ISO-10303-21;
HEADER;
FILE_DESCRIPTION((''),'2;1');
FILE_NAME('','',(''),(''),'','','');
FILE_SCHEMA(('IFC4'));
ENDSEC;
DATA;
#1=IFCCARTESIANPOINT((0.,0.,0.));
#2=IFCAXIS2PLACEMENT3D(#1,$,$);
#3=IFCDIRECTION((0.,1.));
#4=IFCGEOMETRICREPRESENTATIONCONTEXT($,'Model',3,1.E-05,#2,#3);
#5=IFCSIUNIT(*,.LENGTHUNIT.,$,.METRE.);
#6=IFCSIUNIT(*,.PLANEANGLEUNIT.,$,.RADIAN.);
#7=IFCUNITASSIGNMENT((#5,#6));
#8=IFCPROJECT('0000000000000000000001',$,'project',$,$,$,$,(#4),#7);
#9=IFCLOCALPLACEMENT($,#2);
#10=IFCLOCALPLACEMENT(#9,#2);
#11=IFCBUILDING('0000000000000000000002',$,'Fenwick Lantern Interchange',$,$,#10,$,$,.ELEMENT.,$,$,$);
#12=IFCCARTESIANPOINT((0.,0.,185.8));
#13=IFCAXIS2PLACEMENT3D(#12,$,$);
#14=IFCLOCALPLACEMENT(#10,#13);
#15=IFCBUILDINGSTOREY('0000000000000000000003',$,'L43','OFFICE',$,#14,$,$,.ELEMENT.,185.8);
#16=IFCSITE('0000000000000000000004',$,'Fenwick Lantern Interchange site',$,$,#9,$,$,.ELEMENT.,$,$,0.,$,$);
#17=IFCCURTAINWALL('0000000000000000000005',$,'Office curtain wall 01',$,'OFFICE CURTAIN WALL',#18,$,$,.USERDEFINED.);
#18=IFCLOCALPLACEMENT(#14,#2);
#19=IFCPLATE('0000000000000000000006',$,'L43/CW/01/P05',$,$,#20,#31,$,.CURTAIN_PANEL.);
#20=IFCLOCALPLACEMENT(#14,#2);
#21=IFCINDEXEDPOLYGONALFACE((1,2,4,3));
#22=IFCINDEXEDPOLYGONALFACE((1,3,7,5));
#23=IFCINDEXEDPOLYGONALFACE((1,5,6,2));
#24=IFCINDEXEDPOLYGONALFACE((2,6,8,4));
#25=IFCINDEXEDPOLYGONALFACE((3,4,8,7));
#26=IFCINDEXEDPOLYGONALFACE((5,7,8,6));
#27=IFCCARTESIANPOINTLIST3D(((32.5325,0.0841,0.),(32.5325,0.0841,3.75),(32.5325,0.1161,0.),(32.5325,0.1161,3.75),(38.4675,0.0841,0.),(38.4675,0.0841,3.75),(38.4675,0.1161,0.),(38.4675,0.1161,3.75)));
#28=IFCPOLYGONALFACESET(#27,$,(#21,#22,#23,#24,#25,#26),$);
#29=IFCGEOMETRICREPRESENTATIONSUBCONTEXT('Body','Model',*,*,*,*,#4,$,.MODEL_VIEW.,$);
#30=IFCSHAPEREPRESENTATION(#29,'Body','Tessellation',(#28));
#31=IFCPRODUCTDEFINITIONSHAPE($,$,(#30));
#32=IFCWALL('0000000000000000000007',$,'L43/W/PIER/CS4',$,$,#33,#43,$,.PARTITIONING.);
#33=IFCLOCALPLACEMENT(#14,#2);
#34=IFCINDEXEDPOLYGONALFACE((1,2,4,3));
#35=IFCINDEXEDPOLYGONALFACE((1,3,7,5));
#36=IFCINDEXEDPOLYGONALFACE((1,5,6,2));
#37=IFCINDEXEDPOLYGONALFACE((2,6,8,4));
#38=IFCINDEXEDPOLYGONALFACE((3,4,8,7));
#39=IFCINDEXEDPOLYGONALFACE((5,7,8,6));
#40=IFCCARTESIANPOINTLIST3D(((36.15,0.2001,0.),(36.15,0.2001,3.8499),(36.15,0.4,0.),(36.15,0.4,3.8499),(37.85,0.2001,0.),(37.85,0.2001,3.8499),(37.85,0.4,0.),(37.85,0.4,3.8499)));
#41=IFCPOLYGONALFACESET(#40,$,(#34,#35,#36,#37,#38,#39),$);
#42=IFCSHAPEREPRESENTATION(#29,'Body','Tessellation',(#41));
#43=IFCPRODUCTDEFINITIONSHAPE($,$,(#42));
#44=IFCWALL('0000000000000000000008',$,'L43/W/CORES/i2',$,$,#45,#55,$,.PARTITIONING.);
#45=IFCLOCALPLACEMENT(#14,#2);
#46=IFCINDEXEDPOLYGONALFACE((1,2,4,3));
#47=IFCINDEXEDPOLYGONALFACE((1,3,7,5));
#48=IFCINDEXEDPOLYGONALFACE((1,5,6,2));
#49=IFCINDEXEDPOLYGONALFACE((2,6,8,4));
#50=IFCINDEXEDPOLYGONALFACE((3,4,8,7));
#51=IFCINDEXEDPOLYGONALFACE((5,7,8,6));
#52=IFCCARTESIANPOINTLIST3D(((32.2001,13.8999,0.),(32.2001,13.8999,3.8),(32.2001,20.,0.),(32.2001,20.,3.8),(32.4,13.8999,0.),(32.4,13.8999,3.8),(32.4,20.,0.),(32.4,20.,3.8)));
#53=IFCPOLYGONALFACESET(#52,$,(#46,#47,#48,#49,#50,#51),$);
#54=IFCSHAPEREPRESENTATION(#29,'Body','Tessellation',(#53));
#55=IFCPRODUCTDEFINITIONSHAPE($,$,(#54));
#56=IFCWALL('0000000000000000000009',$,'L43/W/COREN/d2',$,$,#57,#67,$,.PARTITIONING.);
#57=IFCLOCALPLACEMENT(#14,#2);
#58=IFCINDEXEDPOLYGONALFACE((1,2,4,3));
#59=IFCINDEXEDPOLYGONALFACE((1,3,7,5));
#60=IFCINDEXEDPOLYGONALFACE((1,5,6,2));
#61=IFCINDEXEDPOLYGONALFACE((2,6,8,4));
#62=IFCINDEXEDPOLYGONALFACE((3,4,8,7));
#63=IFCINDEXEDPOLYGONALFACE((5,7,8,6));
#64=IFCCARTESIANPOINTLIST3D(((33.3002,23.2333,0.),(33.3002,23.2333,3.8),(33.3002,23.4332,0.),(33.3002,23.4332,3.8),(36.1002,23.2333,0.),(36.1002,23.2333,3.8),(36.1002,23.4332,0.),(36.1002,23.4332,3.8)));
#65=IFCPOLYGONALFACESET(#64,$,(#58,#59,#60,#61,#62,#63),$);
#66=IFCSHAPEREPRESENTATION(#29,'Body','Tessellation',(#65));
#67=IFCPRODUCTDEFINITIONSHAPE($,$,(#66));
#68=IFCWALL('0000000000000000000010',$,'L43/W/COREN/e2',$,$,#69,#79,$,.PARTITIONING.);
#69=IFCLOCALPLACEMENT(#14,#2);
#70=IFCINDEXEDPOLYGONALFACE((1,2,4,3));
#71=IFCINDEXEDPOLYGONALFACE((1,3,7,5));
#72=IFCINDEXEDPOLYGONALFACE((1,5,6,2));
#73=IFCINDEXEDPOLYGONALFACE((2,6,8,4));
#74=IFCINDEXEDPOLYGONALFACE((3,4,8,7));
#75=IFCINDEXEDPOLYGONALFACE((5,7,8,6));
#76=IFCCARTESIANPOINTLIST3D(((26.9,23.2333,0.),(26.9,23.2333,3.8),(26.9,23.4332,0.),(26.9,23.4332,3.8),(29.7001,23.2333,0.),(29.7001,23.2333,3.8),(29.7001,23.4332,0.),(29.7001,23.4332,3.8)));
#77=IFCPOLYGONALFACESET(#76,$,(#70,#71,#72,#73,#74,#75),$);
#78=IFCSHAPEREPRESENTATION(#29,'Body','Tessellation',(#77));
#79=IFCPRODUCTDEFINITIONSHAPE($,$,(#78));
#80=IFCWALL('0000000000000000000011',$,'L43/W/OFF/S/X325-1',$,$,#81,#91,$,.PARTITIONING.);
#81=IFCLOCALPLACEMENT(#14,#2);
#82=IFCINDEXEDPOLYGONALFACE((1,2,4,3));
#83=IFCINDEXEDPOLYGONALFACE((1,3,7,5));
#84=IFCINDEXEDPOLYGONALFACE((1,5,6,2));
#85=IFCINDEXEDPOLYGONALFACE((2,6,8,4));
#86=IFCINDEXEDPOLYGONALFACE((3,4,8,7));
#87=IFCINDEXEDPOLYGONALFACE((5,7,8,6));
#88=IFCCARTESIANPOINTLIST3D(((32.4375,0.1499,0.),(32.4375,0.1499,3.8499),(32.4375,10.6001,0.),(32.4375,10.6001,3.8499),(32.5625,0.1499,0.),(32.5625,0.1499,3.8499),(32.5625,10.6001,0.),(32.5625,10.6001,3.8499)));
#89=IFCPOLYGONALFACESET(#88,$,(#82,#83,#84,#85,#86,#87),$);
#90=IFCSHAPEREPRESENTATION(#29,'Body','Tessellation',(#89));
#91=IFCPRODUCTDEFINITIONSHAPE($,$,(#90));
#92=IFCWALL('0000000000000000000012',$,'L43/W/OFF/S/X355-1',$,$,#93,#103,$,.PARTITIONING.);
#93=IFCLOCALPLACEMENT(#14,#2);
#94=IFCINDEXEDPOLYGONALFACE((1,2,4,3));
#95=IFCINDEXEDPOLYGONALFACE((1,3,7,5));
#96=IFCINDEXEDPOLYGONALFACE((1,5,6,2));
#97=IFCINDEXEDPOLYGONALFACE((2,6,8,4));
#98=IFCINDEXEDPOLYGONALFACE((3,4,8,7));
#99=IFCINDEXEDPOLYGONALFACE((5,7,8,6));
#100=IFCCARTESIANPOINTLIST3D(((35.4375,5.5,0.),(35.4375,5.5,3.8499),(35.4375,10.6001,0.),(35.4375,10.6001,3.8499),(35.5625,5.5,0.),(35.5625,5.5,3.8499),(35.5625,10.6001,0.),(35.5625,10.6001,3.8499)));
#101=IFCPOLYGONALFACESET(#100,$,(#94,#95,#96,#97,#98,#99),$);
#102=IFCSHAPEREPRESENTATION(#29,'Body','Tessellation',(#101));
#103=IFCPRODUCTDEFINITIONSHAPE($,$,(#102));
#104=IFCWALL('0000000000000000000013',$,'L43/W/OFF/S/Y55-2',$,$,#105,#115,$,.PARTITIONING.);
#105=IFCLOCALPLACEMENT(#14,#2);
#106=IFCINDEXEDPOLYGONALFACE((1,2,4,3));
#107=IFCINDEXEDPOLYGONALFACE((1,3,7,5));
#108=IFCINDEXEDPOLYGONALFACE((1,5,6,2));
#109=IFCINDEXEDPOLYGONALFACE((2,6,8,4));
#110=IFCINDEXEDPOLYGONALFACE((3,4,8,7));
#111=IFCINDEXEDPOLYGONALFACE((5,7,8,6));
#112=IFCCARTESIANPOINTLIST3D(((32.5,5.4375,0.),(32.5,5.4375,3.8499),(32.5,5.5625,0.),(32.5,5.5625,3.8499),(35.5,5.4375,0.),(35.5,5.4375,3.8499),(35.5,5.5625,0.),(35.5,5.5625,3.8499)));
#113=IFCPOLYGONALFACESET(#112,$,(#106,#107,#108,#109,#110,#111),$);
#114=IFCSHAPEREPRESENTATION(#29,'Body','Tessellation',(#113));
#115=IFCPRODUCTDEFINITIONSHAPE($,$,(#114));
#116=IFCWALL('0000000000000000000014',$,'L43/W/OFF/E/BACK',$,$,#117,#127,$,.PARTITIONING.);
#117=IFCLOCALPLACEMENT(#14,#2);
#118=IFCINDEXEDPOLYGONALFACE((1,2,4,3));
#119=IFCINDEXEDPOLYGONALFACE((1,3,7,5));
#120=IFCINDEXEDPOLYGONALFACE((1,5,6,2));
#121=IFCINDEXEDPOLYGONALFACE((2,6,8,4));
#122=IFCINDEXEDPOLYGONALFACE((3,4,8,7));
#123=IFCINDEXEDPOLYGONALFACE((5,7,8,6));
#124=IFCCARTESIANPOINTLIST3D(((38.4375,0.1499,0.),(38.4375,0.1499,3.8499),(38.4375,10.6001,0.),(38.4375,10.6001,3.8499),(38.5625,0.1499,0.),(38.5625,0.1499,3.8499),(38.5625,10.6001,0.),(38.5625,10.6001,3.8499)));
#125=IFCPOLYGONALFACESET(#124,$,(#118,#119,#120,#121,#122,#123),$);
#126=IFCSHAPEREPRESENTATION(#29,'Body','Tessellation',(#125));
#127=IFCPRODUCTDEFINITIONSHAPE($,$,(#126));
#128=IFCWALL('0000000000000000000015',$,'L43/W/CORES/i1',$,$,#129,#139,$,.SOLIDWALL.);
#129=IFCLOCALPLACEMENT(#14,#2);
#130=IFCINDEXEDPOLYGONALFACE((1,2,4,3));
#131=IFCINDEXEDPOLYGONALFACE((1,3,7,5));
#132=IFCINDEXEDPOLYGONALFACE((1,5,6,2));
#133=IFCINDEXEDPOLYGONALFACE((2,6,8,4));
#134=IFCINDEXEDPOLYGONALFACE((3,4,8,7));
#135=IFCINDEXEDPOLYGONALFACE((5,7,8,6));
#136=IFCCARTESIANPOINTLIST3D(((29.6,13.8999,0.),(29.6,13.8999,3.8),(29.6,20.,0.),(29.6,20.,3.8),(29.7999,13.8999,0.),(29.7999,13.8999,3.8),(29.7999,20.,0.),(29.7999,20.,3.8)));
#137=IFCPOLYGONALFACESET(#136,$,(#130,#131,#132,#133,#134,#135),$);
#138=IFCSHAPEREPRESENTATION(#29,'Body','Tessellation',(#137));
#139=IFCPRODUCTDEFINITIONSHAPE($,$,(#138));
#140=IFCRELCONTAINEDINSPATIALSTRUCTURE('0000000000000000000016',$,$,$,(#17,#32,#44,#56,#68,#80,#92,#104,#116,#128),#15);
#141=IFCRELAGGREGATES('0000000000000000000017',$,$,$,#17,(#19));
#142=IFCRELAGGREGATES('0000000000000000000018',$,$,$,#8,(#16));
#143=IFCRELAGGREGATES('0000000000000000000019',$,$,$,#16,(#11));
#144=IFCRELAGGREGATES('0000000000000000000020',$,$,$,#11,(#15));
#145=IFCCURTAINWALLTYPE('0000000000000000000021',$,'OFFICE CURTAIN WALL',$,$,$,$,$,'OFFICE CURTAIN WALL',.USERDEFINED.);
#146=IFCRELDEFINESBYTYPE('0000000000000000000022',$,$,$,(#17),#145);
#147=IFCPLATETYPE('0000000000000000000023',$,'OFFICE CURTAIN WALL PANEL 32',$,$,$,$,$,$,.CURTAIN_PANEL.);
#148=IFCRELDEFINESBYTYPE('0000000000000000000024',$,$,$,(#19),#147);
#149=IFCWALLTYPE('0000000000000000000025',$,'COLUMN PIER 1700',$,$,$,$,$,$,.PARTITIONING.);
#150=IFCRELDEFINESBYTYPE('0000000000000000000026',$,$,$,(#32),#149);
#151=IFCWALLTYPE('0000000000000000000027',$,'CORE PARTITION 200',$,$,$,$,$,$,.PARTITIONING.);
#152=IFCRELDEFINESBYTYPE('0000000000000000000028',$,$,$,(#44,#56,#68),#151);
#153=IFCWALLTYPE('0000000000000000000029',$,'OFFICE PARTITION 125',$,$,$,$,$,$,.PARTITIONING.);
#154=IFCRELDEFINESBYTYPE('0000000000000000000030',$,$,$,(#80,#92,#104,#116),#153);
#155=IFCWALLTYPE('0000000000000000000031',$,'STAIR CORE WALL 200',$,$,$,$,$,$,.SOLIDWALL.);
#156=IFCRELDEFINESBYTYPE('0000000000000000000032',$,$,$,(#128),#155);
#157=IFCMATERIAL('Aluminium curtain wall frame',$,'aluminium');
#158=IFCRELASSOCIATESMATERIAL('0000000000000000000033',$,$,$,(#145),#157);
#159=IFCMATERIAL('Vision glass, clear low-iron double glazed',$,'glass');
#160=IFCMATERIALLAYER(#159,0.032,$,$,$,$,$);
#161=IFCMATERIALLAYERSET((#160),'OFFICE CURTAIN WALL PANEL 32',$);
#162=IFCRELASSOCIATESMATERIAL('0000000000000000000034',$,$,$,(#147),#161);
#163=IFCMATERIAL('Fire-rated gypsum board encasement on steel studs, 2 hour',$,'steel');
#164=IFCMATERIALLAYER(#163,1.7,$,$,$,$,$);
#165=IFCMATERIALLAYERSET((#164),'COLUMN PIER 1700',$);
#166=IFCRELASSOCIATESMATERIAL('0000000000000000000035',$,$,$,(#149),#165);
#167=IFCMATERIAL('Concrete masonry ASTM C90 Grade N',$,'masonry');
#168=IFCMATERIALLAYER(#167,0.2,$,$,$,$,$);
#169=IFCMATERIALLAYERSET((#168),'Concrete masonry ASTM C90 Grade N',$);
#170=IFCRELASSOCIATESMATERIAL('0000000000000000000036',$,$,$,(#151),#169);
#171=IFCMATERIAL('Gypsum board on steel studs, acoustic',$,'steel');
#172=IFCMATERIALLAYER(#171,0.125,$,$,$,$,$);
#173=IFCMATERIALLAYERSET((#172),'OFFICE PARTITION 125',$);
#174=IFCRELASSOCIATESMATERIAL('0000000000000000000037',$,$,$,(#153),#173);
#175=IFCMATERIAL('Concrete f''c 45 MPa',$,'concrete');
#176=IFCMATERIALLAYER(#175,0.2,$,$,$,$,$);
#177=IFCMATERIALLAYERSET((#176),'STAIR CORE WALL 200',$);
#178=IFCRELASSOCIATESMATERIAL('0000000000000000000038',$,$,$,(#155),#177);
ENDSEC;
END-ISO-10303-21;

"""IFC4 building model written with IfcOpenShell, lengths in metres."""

from ifc_helpers import new_model, si_unit, direction, frame, frame_2d, origin, origin_2d, place, context, subcontext, project, spatial, rectangle, extrude, material, layer, layer_set, type_object, element, aggregate, save


model = new_model("IFC4")

# Units and contexts
model_context = context("Model", 3, precision=1e-05, world=origin(), true_north=direction((0.0, 1.0)))
body_context = subcontext(model_context, "Body", "Model", "MODEL_VIEW")
ifc_project = project(units=[si_unit("LENGTHUNIT", "METRE"), si_unit("PLANEANGLEUNIT", "RADIAN")], contexts=[model_context])

# Site, building, storey
site_placement = place(None, origin())
site = spatial("IfcSite", under=ifc_project, at=site_placement, Name="Fenwick Lantern Interchange site", CompositionType="ELEMENT", RefElevation=0.0)
building_placement = place(site_placement, origin())
building = spatial("IfcBuilding", under=site, at=building_placement, Name="Fenwick Lantern Interchange", CompositionType="ELEMENT")
storey_placement = place(building_placement, frame((0.0, 0.0, 185.8)))
storey = spatial("IfcBuildingStorey", under=building, at=storey_placement, Name="L43", Description="OFFICE", CompositionType="ELEMENT", Elevation=185.8)

# Curtain wall, plate
ifc_material_1 = material(Name="Aluminium curtain wall frame", Category="aluminium")
curtain_wall_type = type_object("IfcCurtainWallType", Name="OFFICE CURTAIN WALL", ElementType="OFFICE CURTAIN WALL", PredefinedType="USERDEFINED", material=ifc_material_1)
curtain_wall_placement = place(storey_placement, origin())
curtain_wall = element("IfcCurtainWall", 1, at=curtain_wall_placement, inside=storey, type_object=curtain_wall_type, Name="Office curtain wall 01", ObjectType="OFFICE CURTAIN WALL", PredefinedType="USERDEFINED")
ifc_material_2 = material(Name="Vision glass, clear low-iron double glazed", Category="glass")
ifc_layer_1 = layer(ifc_material_2, 0.032)
ifc_layer_set_1 = layer_set([ifc_layer_1], Name="OFFICE CURTAIN WALL PANEL 32")
plate_type = type_object("IfcPlateType", Name="OFFICE CURTAIN WALL PANEL 32", PredefinedType="CURTAIN_PANEL", material=ifc_layer_set_1)
plate_placement = place(storey_placement, frame((35.5, 0.1001, 0.0), z_axis=(0.0, 0.0, 1.0), x_axis=(1.0, 0.0, 0.0)))
plate = element("IfcPlate", 2, at=plate_placement, type_object=plate_type, Name="L43/CW/01/P05", PredefinedType="CURTAIN_PANEL", context=body_context, shape_type="SweptSolid", body=[
    extrude(rectangle(XDim=5.9351, YDim=0.032, at=origin_2d()), origin(), (0.0, 0.0, 1.0), 3.75),
])
aggregate(curtain_wall, [plate])

# Walls
ifc_material_3 = material(Name="Fire-rated gypsum board encasement on steel studs, 2 hour", Category="steel")
ifc_layer_2 = layer(ifc_material_3, 1.7)
ifc_layer_set_2 = layer_set([ifc_layer_2], Name="COLUMN PIER 1700")
wall_type_1 = type_object("IfcWallType", Name="COLUMN PIER 1700", PredefinedType="PARTITIONING", material=ifc_layer_set_2)
wall_1_placement = place(storey_placement, frame((37.0, 0.2, 0.0), z_axis=(0.0, 0.0, 1.0), x_axis=(0.0, 1.0, 0.0)))
element("IfcWall", 3, at=wall_1_placement, inside=storey, type_object=wall_type_1, Name="L43/W/PIER/CS4", PredefinedType="PARTITIONING", context=body_context, shape_type="SweptSolid", body=[
    extrude(rectangle(XDim=0.2, YDim=1.7, at=frame_2d((0.1001, 0.0))), origin(), (0.0, 0.0, 1.0), 3.8499),
])
ifc_material_4 = material(Name="Concrete masonry ASTM C90 Grade N", Category="masonry")
ifc_layer_3 = layer(ifc_material_4, 0.2)
ifc_layer_set_3 = layer_set([ifc_layer_3], Name="Concrete masonry ASTM C90 Grade N")
wall_type_2 = type_object("IfcWallType", Name="CORE PARTITION 200", PredefinedType="PARTITIONING", material=ifc_layer_set_3)
wall_2_placement = place(storey_placement, frame((32.3, 13.8999, 0.0), z_axis=(0.0, 0.0, 1.0), x_axis=(0.0, 1.0, 0.0)))
element("IfcWall", 4, at=wall_2_placement, inside=storey, type_object=wall_type_2, Name="L43/W/CORES/i2", PredefinedType="PARTITIONING", context=body_context, shape_type="SweptSolid", body=[
    extrude(rectangle(XDim=6.1001, YDim=0.2, at=frame_2d((3.05, 0.0))), origin(), (0.0, 0.0, 1.0), 3.8),
])
for number, where, z_axis, x_axis, name in (
    (5, (36.1001, 23.3333, 0.0), (0.0, 0.0, 1.0), (-1.0, 0.0, 0.0), "L43/W/COREN/d2"),
    (6, (29.7, 23.3333, 0.0), (0.0, 0.0, 1.0), (-1.0, 0.0, 0.0), "L43/W/COREN/e2"),
):
    element("IfcWall", number, at=place(storey_placement, frame(where, z_axis=z_axis, x_axis=x_axis)), inside=storey, type_object=wall_type_2, Name=name, PredefinedType="PARTITIONING", context=body_context, shape_type="SweptSolid", body=[
        extrude(rectangle(XDim=2.8, YDim=0.2, at=frame_2d((1.3999, 0.0))), origin(), (0.0, 0.0, 1.0), 3.8),
    ])

# Walls
ifc_material_5 = material(Name="Gypsum board on steel studs, acoustic", Category="steel")
ifc_layer_4 = layer(ifc_material_5, 0.125)
ifc_layer_set_4 = layer_set([ifc_layer_4], Name="OFFICE PARTITION 125")
wall_type_3 = type_object("IfcWallType", Name="OFFICE PARTITION 125", PredefinedType="PARTITIONING", material=ifc_layer_set_4)
wall_3_placement = place(storey_placement, frame((32.5, 0.1499, 0.0), z_axis=(0.0, 0.0, 1.0), x_axis=(0.0, 1.0, 0.0)))
element("IfcWall", 7, at=wall_3_placement, inside=storey, type_object=wall_type_3, Name="L43/W/OFF/S/X325-1", PredefinedType="PARTITIONING", context=body_context, shape_type="SweptSolid", body=[
    extrude(rectangle(XDim=10.4502, YDim=0.125, at=frame_2d((5.2251, 0.0))), origin(), (0.0, 0.0, 1.0), 3.8499),
])
wall_4_placement = place(storey_placement, frame((35.5, 5.5, 0.0), z_axis=(0.0, 0.0, 1.0), x_axis=(0.0, 1.0, 0.0)))
element("IfcWall", 8, at=wall_4_placement, inside=storey, type_object=wall_type_3, Name="L43/W/OFF/S/X355-1", PredefinedType="PARTITIONING", context=body_context, shape_type="SweptSolid", body=[
    extrude(rectangle(XDim=5.1001, YDim=0.125, at=frame_2d((2.55, 0.0))), origin(), (0.0, 0.0, 1.0), 3.8499),
])
wall_5_placement = place(storey_placement, frame((32.5, 5.5, 0.0), z_axis=(0.0, 0.0, 1.0), x_axis=(1.0, 0.0, 0.0)))
element("IfcWall", 9, at=wall_5_placement, inside=storey, type_object=wall_type_3, Name="L43/W/OFF/S/Y55-2", PredefinedType="PARTITIONING", context=body_context, shape_type="SweptSolid", body=[
    extrude(rectangle(XDim=3.0, YDim=0.125, at=frame_2d((1.5, 0.0))), origin(), (0.0, 0.0, 1.0), 3.8499),
])
wall_6_placement = place(storey_placement, frame((38.5, 0.1499, 0.0), z_axis=(0.0, 0.0, 1.0), x_axis=(0.0, 1.0, 0.0)))
element("IfcWall", 10, at=wall_6_placement, inside=storey, type_object=wall_type_3, Name="L43/W/OFF/E/BACK", PredefinedType="PARTITIONING", context=body_context, shape_type="SweptSolid", body=[
    extrude(rectangle(XDim=10.4502, YDim=0.125, at=frame_2d((5.2251, 0.0))), origin(), (0.0, 0.0, 1.0), 3.8499),
])
ifc_material_6 = material(Name="Concrete f'c 45 MPa", Category="concrete")
ifc_layer_5 = layer(ifc_material_6, 0.2)
ifc_layer_set_5 = layer_set([ifc_layer_5], Name="STAIR CORE WALL 200")
wall_type_4 = type_object("IfcWallType", Name="STAIR CORE WALL 200", PredefinedType="SOLIDWALL", material=ifc_layer_set_5)
wall_7_placement = place(storey_placement, frame((29.7, 13.8999, 0.0), z_axis=(0.0, 0.0, 1.0), x_axis=(0.0, 1.0, 0.0)))
element("IfcWall", 11, at=wall_7_placement, inside=storey, type_object=wall_type_4, Name="L43/W/CORES/i1", PredefinedType="SOLIDWALL", context=body_context, shape_type="SweptSolid", body=[
    extrude(rectangle(XDim=6.1001, YDim=0.2, at=frame_2d((3.05, 0.0))), origin(), (0.0, 0.0, 1.0), 3.8),
])

save(model, "model.ifc")
